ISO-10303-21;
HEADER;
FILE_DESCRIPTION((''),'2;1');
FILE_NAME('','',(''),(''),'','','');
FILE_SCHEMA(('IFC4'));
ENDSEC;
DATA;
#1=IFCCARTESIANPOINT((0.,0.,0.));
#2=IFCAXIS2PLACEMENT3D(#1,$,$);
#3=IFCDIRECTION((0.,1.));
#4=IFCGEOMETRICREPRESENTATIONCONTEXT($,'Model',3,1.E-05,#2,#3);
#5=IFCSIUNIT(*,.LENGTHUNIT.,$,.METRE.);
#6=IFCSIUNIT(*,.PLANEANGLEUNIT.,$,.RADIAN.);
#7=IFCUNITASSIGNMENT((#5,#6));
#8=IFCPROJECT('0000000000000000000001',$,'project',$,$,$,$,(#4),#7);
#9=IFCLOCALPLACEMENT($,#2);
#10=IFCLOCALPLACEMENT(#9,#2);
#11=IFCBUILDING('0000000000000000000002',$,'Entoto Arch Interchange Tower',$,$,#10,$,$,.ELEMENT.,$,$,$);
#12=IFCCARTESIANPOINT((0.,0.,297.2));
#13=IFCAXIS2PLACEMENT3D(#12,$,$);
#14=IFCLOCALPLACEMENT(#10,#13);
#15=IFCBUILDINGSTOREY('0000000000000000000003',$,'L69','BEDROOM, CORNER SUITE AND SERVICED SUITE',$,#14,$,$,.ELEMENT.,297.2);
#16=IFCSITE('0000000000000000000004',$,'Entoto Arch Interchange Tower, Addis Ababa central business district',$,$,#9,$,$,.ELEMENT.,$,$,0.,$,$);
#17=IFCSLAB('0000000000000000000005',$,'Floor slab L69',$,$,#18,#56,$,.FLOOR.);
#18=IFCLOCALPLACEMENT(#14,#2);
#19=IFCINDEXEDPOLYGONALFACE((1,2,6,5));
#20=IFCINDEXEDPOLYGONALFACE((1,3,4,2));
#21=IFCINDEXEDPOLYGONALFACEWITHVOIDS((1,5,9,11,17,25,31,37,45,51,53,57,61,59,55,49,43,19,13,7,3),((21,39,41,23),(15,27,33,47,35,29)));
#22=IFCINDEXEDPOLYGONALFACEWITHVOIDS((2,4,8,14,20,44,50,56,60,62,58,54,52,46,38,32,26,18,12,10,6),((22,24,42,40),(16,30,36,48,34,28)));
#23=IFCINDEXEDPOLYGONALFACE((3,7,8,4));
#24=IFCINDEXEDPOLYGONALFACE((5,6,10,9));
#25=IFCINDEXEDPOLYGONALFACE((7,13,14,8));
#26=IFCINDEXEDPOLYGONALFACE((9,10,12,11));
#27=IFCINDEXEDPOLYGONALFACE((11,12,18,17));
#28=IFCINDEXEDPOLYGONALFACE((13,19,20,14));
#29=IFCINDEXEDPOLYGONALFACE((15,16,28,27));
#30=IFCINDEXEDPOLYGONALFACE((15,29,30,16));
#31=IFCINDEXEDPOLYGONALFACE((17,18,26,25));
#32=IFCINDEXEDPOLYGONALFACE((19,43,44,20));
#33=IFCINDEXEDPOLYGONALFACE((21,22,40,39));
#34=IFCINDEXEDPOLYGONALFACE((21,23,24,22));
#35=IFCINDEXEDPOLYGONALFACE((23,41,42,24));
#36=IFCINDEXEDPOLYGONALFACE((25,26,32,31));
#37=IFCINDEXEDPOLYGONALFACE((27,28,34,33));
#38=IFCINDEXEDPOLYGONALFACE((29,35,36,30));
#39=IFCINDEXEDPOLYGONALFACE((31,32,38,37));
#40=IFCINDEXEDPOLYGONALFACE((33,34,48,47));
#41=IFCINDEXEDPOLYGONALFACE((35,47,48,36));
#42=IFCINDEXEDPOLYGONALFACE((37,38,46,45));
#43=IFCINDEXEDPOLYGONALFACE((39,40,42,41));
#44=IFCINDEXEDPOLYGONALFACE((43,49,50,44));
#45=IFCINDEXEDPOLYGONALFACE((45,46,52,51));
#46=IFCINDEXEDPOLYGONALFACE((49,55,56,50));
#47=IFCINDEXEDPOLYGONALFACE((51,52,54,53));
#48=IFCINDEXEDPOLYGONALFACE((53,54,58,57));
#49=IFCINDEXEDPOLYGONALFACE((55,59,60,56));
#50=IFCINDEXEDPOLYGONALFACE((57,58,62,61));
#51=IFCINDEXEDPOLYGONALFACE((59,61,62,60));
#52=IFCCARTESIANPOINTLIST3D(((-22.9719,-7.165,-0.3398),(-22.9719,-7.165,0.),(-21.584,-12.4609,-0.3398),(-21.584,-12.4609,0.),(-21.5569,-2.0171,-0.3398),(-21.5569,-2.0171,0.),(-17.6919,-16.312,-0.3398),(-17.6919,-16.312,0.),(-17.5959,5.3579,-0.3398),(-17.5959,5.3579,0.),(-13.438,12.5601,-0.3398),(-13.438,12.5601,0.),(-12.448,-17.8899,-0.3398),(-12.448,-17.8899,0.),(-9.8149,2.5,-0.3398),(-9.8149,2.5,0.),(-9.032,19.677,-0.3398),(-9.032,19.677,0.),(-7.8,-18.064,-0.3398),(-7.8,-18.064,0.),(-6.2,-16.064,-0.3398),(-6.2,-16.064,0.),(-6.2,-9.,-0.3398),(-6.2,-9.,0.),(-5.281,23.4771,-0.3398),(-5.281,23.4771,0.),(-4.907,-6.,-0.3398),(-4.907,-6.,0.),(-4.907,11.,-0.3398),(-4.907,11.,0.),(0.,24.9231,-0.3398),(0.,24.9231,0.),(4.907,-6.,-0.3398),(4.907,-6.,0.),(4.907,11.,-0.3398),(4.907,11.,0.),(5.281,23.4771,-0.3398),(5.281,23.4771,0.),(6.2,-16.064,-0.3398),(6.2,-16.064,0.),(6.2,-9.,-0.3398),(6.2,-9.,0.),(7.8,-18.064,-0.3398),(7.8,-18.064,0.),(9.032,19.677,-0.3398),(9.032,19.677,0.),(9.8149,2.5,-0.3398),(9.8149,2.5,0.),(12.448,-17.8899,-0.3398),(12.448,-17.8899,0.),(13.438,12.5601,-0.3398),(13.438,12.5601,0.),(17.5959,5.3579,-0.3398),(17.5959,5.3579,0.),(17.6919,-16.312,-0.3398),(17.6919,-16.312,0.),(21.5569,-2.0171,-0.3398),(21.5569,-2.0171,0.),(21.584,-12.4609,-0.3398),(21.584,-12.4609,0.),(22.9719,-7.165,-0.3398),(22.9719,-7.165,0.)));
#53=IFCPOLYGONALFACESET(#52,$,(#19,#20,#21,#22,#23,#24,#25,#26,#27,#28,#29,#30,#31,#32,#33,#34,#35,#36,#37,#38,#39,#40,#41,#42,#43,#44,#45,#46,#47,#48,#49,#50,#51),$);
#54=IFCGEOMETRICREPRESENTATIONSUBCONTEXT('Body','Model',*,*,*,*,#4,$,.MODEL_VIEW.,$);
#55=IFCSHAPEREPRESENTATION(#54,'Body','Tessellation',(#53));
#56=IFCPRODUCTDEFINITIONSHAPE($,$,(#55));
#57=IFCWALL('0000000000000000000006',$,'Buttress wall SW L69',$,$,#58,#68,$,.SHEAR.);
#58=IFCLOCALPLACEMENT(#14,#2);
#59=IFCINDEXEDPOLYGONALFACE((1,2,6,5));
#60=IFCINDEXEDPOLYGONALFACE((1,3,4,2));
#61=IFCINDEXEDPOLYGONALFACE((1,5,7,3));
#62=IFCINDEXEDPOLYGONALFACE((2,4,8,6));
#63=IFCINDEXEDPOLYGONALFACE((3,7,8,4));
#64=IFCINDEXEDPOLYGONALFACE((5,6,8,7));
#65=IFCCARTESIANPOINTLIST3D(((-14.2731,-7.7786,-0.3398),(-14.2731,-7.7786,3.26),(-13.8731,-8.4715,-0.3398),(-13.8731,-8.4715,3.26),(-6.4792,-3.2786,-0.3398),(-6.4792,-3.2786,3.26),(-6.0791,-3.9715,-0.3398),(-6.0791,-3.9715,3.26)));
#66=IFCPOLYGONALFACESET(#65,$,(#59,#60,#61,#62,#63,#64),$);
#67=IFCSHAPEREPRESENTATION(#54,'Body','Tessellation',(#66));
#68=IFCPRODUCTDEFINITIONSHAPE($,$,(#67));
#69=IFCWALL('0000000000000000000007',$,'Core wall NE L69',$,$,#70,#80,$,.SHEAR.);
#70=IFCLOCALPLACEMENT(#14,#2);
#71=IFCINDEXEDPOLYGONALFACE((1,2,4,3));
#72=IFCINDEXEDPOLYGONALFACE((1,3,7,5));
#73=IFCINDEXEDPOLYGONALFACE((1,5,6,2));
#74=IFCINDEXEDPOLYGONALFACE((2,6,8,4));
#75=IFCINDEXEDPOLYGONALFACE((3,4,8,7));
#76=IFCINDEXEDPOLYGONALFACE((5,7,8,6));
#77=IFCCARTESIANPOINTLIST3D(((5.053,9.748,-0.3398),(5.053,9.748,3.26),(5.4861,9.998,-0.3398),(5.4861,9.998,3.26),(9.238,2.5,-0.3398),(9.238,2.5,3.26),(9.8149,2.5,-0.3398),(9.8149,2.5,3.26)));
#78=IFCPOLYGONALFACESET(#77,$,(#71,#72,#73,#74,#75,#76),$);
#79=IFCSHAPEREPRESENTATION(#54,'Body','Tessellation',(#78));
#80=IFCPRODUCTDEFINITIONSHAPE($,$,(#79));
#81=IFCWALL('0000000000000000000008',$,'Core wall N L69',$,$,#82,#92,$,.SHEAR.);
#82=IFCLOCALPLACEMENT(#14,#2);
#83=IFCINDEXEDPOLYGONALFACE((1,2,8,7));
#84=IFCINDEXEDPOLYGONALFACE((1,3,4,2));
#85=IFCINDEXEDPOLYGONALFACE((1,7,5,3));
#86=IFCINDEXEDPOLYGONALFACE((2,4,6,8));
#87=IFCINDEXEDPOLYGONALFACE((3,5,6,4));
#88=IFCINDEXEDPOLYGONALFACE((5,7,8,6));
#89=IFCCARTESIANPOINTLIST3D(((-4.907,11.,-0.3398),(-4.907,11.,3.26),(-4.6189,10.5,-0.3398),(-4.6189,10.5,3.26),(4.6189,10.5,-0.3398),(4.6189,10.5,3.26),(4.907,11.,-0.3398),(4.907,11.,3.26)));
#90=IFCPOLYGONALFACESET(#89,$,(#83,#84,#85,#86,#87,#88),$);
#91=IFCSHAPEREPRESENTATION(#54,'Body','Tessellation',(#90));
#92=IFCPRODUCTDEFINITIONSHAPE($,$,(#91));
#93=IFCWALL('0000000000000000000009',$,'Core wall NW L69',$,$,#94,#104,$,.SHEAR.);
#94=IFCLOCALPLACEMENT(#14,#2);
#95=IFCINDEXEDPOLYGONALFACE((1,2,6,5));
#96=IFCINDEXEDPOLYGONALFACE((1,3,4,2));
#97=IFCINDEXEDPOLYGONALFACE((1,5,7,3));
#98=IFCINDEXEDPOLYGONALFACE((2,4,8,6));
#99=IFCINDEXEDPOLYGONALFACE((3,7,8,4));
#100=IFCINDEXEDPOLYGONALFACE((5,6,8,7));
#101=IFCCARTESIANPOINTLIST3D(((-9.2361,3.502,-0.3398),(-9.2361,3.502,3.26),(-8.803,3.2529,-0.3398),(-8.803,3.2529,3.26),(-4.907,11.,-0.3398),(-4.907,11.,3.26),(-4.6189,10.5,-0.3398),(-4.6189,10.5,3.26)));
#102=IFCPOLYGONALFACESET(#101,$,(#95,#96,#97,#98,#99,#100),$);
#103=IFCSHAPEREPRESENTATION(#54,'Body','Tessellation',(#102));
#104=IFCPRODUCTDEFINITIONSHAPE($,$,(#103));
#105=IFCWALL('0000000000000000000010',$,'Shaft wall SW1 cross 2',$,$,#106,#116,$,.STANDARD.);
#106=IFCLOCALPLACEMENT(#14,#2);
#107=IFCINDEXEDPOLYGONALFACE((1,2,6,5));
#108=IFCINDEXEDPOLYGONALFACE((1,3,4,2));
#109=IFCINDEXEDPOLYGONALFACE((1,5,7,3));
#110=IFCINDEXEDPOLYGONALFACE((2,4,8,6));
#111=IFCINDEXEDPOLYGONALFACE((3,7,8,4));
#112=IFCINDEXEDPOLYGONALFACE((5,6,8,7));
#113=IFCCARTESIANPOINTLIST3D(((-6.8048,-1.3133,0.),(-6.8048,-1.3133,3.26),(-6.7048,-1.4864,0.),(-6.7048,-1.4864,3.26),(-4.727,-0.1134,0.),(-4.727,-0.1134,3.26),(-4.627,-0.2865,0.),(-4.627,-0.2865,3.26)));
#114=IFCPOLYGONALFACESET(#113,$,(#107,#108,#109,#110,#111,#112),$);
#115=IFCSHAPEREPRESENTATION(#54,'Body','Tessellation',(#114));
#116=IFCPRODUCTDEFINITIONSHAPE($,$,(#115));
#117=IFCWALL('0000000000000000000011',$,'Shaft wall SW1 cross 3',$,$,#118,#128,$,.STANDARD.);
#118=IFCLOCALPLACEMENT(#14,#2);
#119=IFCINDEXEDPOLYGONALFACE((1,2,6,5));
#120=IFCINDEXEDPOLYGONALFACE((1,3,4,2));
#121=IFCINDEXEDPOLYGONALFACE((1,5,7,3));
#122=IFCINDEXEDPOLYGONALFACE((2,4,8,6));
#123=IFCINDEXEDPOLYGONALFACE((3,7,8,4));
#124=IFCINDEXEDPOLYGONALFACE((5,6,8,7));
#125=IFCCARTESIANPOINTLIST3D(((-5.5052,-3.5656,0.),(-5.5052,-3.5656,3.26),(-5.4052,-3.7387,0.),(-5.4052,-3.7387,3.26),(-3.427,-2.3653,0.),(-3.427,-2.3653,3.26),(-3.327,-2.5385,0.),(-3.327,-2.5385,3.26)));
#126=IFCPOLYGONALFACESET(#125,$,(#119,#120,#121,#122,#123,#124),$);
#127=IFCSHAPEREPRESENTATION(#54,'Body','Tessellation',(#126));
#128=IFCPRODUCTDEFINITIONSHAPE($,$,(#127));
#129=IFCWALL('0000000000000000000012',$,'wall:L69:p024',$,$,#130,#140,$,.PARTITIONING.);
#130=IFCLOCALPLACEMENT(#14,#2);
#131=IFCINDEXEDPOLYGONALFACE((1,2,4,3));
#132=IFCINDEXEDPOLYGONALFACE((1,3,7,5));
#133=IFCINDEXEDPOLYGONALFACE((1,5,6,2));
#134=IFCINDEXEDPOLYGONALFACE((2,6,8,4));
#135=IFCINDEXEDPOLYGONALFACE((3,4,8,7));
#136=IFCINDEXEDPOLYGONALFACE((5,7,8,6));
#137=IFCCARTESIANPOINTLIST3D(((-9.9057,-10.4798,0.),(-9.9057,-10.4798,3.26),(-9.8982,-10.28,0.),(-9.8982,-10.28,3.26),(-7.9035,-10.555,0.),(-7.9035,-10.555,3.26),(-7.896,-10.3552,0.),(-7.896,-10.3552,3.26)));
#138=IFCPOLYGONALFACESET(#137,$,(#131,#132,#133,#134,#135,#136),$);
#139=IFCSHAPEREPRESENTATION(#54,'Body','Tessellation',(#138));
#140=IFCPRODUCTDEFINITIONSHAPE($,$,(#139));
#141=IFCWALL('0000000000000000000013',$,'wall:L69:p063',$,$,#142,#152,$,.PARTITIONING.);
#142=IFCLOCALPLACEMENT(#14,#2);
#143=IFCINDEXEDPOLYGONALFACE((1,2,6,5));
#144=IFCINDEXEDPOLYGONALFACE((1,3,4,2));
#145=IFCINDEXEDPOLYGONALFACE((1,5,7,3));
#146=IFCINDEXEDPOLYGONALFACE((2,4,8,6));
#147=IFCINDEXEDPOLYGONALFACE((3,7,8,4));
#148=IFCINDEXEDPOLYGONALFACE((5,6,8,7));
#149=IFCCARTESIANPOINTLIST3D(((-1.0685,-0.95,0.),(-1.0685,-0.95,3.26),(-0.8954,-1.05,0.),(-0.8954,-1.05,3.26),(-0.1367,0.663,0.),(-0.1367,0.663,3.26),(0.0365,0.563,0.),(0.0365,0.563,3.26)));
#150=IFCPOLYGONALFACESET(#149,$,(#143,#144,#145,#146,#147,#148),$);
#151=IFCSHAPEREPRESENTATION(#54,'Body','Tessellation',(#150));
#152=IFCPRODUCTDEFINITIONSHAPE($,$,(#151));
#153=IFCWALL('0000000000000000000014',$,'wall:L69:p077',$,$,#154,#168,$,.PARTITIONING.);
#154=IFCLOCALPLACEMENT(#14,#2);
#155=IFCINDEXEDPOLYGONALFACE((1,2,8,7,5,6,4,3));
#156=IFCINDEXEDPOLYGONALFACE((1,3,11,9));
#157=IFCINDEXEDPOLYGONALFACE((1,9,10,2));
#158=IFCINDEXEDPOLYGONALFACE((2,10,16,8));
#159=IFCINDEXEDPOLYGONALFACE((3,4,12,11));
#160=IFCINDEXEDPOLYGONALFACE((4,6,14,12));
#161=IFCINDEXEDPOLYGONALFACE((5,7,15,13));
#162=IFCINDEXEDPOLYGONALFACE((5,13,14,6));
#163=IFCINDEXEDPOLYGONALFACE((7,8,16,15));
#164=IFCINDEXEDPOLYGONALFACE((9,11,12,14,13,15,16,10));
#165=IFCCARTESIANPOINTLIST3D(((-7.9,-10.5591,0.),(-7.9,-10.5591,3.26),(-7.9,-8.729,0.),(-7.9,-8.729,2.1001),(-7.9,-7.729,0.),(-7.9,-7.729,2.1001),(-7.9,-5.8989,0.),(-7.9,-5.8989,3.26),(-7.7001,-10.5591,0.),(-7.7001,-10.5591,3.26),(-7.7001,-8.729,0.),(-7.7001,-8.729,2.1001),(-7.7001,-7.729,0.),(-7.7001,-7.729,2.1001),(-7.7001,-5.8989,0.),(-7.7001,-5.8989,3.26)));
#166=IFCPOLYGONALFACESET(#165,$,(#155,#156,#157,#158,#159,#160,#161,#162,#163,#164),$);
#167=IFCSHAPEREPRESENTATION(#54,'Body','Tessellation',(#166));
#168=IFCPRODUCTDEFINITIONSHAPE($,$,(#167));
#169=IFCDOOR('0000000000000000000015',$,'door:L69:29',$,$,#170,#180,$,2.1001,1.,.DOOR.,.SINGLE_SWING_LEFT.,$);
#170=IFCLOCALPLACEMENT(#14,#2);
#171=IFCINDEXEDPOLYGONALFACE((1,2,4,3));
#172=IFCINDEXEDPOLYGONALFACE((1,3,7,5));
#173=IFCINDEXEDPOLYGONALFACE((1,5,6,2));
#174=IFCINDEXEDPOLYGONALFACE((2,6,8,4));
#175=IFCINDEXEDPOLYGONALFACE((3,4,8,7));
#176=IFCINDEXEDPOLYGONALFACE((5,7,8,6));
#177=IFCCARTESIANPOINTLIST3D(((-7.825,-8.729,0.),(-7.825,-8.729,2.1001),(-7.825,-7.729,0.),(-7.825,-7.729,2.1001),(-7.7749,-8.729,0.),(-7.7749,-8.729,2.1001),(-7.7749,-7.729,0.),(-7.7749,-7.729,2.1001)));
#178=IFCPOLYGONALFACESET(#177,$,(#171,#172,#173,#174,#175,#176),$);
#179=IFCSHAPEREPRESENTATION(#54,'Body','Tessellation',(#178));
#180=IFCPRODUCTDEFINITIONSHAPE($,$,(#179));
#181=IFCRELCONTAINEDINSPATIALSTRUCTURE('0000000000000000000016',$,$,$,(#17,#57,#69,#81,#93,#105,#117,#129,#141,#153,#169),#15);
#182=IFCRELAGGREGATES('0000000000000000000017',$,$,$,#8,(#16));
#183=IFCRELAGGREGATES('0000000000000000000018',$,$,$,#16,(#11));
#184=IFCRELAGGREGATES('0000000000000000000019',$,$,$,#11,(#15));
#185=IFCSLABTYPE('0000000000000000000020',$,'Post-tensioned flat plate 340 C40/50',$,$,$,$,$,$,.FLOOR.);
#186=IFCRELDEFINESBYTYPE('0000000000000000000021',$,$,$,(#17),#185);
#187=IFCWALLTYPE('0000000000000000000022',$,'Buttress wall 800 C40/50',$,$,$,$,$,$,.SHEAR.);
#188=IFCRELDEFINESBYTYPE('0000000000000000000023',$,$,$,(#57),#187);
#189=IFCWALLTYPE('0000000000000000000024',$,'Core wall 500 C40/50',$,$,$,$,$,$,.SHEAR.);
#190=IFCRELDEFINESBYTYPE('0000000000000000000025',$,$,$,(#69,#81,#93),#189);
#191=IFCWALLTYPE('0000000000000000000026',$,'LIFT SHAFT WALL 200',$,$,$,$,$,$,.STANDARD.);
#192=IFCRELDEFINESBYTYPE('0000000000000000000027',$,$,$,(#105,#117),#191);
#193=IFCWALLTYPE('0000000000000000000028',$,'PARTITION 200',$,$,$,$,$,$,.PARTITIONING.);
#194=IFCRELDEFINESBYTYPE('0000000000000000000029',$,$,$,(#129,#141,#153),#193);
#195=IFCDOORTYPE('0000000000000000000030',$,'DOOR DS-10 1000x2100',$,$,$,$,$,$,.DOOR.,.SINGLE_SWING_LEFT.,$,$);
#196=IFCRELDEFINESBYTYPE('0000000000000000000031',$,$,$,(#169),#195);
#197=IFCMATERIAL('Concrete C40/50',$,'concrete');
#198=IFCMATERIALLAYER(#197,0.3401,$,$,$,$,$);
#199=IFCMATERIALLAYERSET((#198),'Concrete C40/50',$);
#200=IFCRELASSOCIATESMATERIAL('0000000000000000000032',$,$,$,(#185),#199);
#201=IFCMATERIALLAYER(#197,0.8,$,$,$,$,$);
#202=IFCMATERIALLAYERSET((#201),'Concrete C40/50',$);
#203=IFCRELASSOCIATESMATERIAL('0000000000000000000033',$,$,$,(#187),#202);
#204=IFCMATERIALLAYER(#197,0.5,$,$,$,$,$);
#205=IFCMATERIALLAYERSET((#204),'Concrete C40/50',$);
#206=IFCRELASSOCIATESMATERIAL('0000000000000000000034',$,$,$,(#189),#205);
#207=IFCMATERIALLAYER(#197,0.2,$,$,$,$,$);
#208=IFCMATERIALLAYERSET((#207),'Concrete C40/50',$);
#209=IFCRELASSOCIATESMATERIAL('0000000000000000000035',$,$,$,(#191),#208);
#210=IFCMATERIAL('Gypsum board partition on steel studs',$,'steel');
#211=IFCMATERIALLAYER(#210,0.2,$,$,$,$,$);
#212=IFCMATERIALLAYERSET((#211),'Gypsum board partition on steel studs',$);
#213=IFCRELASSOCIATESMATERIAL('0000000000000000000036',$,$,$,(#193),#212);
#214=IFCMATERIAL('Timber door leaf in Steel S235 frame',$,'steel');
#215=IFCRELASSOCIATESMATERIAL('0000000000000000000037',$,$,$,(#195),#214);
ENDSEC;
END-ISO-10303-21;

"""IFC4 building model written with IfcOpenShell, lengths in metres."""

from ifc_helpers import new_model, si_unit, direction, frame, frame_2d, origin, place, context, subcontext, project, spatial, polyline, rectangle, outline, extrude, material, layer, layer_set, type_object, element, fill, save


model = new_model("IFC4")

# Units and contexts
model_context = context("Model", 3, precision=1e-05, world=origin(), true_north=direction((0.0, 1.0)))
body_context = subcontext(model_context, "Body", "Model", "MODEL_VIEW")
ifc_project = project(units=[si_unit("LENGTHUNIT", "METRE"), si_unit("PLANEANGLEUNIT", "RADIAN")], contexts=[model_context])

# Site, building, storey
site_placement = place(None, origin())
site = spatial("IfcSite", under=ifc_project, at=site_placement, Name="Entoto Arch Interchange Tower, Addis Ababa central business district", CompositionType="ELEMENT", RefElevation=0.0)
building_placement = place(site_placement, origin())
building = spatial("IfcBuilding", under=site, at=building_placement, Name="Entoto Arch Interchange Tower", CompositionType="ELEMENT")
storey_placement = place(building_placement, frame((0.0, 0.0, 297.2)))
storey = spatial("IfcBuildingStorey", under=building, at=storey_placement, Name="L69", Description="BEDROOM, CORNER SUITE AND SERVICED SUITE", CompositionType="ELEMENT", Elevation=297.2)

# Slab
ifc_material_1 = material(Name="Concrete C40/50", Category="concrete")
ifc_layer_1 = layer(ifc_material_1, 0.3401)
ifc_layer_set_1 = layer_set([ifc_layer_1], Name="Concrete C40/50")
slab_type = type_object("IfcSlabType", Name="Post-tensioned flat plate 340 C40/50", PredefinedType="FLOOR", material=ifc_layer_set_1)
slab_placement = place(storey_placement, frame((0.0, 0.0, -0.3398)))
element("IfcSlab", 1, at=slab_placement, inside=storey, type_object=slab_type, Name="Floor slab L69", PredefinedType="FLOOR", context=body_context, shape_type="SweptSolid", body=[
    extrude(outline(polyline([(-12.448, -17.8899), (-7.8, -18.064), (7.8, -18.064), (12.448, -17.8899), (17.6919, -16.312), (21.584, -12.4609), (22.9719, -7.165), (21.5569, -2.0171), (17.5959, 5.3579), (13.438, 12.5601), (9.032, 19.677), (5.281, 23.4771), (0.0, 24.9231), (-5.281, 23.4771), (-9.032, 19.677), (-13.438, 12.5601), (-17.5959, 5.3579), (-21.5569, -2.0171), (-22.9719, -7.165), (-21.584, -12.4609), (-17.6919, -16.312), (-12.448, -17.8899)]), holes=[polyline([(6.2, -16.064), (6.2, -9.0), (-6.2, -9.0), (-6.2, -16.064), (6.2, -16.064)]), polyline([(9.8149, 2.5), (4.907, 11.0), (-4.907, 11.0), (-9.8149, 2.5), (-4.907, -6.0), (4.907, -6.0), (9.8149, 2.5)])]), origin(), (0.0, 0.0, 1.0), 0.3398),
])

# Walls
ifc_layer_2 = layer(ifc_material_1, 0.8)
ifc_layer_set_2 = layer_set([ifc_layer_2], Name="Concrete C40/50")
wall_type_1 = type_object("IfcWallType", Name="Buttress wall 800 C40/50", PredefinedType="SHEAR", material=ifc_layer_set_2)
wall_1_placement = place(storey_placement, frame((-6.2791, -3.625, -0.3398), z_axis=(0.0, 0.0, 1.0), x_axis=(-0.866018, -0.500014, 0.0)))
element("IfcWall", 2, at=wall_1_placement, inside=storey, type_object=wall_type_1, Name="Buttress wall SW L69", PredefinedType="SHEAR", context=body_context, shape_type="SweptSolid", body=[
    extrude(rectangle(XDim=8.9998, YDim=0.8, at=frame_2d((4.5, 0.0))), origin(), (0.0, 0.0, 1.0), 3.5999),
])
ifc_layer_3 = layer(ifc_material_1, 0.5)
ifc_layer_set_3 = layer_set([ifc_layer_3], Name="Concrete C40/50")
wall_type_2 = type_object("IfcWallType", Name="Core wall 500 C40/50", PredefinedType="SHEAR", material=ifc_layer_set_3)
wall_2_placement = place(storey_placement, frame((0.0, 0.0, -0.3398)))
element("IfcWall", 3, at=wall_2_placement, inside=storey, type_object=wall_type_2, Name="Core wall NE L69", PredefinedType="SHEAR", context=body_context, shape_type="SweptSolid", body=[
    extrude(outline(polyline([(5.4861, 9.998), (5.053, 9.748), (9.238, 2.5), (9.8149, 2.5), (5.4861, 9.998)])), origin(), (0.0, 0.0, 1.0), 3.5999),
])
wall_3_placement = place(storey_placement, frame((0.0, 0.0, -0.3398)))
element("IfcWall", 4, at=wall_3_placement, inside=storey, type_object=wall_type_2, Name="Core wall N L69", PredefinedType="SHEAR", context=body_context, shape_type="SweptSolid", body=[
    extrude(outline(polyline([(4.907, 11.0), (-4.907, 11.0), (-4.6189, 10.5), (4.6189, 10.5), (4.907, 11.0)])), origin(), (0.0, 0.0, 1.0), 3.5999),
])
wall_4_placement = place(storey_placement, frame((0.0, 0.0, -0.3398)))
element("IfcWall", 5, at=wall_4_placement, inside=storey, type_object=wall_type_2, Name="Core wall NW L69", PredefinedType="SHEAR", context=body_context, shape_type="SweptSolid", body=[
    extrude(outline(polyline([(-9.2361, 3.502), (-8.803, 3.2529), (-4.6189, 10.5), (-4.907, 11.0), (-9.2361, 3.502)])), origin(), (0.0, 0.0, 1.0), 3.5999),
])
ifc_layer_4 = layer(ifc_material_1, 0.2)
ifc_layer_set_4 = layer_set([ifc_layer_4], Name="Concrete C40/50")
wall_type_3 = type_object("IfcWallType", Name="LIFT SHAFT WALL 200", PredefinedType="STANDARD", material=ifc_layer_set_4)
wall_5_placement = place(storey_placement, frame((-4.677, -0.2, 0.0), z_axis=(0.0, 0.0, 1.0), x_axis=(-0.865974, -0.500089, 0.0)))
element("IfcWall", 6, at=wall_5_placement, inside=storey, type_object=wall_type_3, Name="Shaft wall SW1 cross 2", PredefinedType="STANDARD", context=body_context, shape_type="SweptSolid", body=[
    extrude(rectangle(XDim=2.3994, YDim=0.2, at=frame_2d((1.1997, 0.0))), origin(), (0.0, 0.0, 1.0), 3.26),
])
wall_6_placement = place(storey_placement, frame((-3.377, -2.4519, 0.0), z_axis=(0.0, 0.0, 1.0), x_axis=(-0.865955, -0.500122, 0.0)))
element("IfcWall", 7, at=wall_6_placement, inside=storey, type_object=wall_type_3, Name="Shaft wall SW1 cross 3", PredefinedType="STANDARD", context=body_context, shape_type="SweptSolid", body=[
    extrude(rectangle(XDim=2.3999, YDim=0.2, at=frame_2d((1.2, 0.0))), origin(), (0.0, 0.0, 1.0), 3.26),
])
ifc_material_2 = material(Name="Gypsum board partition on steel studs", Category="steel")
ifc_layer_5 = layer(ifc_material_2, 0.2)
ifc_layer_set_5 = layer_set([ifc_layer_5], Name="Gypsum board partition on steel studs")
wall_type_4 = type_object("IfcWallType", Name="PARTITION 200", PredefinedType="PARTITIONING", material=ifc_layer_set_5)
wall_7_placement = place(storey_placement, frame((-9.9021, -10.3799, 0.0), z_axis=(0.0, 0.0, 1.0), x_axis=(0.999296, -0.03753, 0.0)))
element("IfcWall", 8, at=wall_7_placement, inside=storey, type_object=wall_type_4, Name="wall:L69:p024", PredefinedType="PARTITIONING", context=body_context, shape_type="SweptSolid", body=[
    extrude(rectangle(XDim=2.0037, YDim=0.2, at=frame_2d((1.002, 0.0))), origin(), (0.0, 0.0, 1.0), 3.26),
])
wall_8_placement = place(storey_placement, frame((-0.9819, -1.0, 0.0), z_axis=(0.0, 0.0, 1.0), x_axis=(0.50024, 0.865887, 0.0)))
element("IfcWall", 9, at=wall_8_placement, inside=storey, type_object=wall_type_4, Name="wall:L69:p063", PredefinedType="PARTITIONING", context=body_context, shape_type="SweptSolid", body=[
    extrude(rectangle(XDim=1.8628, YDim=0.2, at=frame_2d((0.9314, 0.0))), origin(), (0.0, 0.0, 1.0), 3.26),
])

# Wall, opening, door
wall_9_placement = place(storey_placement, frame((-7.8, -10.5591, 0.0), z_axis=(0.0, 0.0, 1.0), x_axis=(0.0, 1.0, 0.0)))
wall_9 = element("IfcWall", 10, at=wall_9_placement, inside=storey, type_object=wall_type_4, Name="wall:L69:p077", PredefinedType="PARTITIONING", context=body_context, shape_type="SweptSolid", body=[
    extrude(rectangle(XDim=4.6602, YDim=0.2, at=frame_2d((2.3301, 0.0))), origin(), (0.0, 0.0, 1.0), 3.26),
])
opening_1_placement = place(wall_9_placement, frame((1.8301, 0.0, 0.0)))
opening_1 = element("IfcOpeningElement", 11, at=opening_1_placement, cuts=wall_9, PredefinedType="OPENING", context=body_context, shape_type="SweptSolid", body=[
    extrude(rectangle(XDim=1.0, YDim=2.1001, at=frame_2d((0.5, 1.05))), frame((0.0, 0.1099, 0.0), z_axis=(0.0, -1.0, 0.0), x_axis=(1.0, 0.0, 0.0)), (0.0, 0.0, 1.0), 0.22),
])
ifc_material_3 = material(Name="Timber door leaf in Steel S235 frame", Category="steel")
door_type_1 = type_object("IfcDoorType", Name="DOOR DS-10 1000x2100", OperationType="SINGLE_SWING_LEFT", PredefinedType="DOOR", material=ifc_material_3)
door_1_placement = place(opening_1_placement, origin())
door_1 = element("IfcDoor", 12, at=door_1_placement, inside=storey, type_object=door_type_1, Name="door:L69:29", OperationType="SINGLE_SWING_LEFT", OverallHeight=2.1001, OverallWidth=1.0, PredefinedType="DOOR", context=body_context, shape_type="SweptSolid", body=[
    extrude(rectangle(XDim=1.0, YDim=2.1001, at=frame_2d((0.5, 1.05))), frame((0.0, 0.0249, 0.0), z_axis=(0.0, -1.0, 0.0), x_axis=(1.0, 0.0, 0.0)), (0.0, 0.0, 1.0), 0.05),
])
fill(opening_1, door_1)

save(model, "model.ifc")
